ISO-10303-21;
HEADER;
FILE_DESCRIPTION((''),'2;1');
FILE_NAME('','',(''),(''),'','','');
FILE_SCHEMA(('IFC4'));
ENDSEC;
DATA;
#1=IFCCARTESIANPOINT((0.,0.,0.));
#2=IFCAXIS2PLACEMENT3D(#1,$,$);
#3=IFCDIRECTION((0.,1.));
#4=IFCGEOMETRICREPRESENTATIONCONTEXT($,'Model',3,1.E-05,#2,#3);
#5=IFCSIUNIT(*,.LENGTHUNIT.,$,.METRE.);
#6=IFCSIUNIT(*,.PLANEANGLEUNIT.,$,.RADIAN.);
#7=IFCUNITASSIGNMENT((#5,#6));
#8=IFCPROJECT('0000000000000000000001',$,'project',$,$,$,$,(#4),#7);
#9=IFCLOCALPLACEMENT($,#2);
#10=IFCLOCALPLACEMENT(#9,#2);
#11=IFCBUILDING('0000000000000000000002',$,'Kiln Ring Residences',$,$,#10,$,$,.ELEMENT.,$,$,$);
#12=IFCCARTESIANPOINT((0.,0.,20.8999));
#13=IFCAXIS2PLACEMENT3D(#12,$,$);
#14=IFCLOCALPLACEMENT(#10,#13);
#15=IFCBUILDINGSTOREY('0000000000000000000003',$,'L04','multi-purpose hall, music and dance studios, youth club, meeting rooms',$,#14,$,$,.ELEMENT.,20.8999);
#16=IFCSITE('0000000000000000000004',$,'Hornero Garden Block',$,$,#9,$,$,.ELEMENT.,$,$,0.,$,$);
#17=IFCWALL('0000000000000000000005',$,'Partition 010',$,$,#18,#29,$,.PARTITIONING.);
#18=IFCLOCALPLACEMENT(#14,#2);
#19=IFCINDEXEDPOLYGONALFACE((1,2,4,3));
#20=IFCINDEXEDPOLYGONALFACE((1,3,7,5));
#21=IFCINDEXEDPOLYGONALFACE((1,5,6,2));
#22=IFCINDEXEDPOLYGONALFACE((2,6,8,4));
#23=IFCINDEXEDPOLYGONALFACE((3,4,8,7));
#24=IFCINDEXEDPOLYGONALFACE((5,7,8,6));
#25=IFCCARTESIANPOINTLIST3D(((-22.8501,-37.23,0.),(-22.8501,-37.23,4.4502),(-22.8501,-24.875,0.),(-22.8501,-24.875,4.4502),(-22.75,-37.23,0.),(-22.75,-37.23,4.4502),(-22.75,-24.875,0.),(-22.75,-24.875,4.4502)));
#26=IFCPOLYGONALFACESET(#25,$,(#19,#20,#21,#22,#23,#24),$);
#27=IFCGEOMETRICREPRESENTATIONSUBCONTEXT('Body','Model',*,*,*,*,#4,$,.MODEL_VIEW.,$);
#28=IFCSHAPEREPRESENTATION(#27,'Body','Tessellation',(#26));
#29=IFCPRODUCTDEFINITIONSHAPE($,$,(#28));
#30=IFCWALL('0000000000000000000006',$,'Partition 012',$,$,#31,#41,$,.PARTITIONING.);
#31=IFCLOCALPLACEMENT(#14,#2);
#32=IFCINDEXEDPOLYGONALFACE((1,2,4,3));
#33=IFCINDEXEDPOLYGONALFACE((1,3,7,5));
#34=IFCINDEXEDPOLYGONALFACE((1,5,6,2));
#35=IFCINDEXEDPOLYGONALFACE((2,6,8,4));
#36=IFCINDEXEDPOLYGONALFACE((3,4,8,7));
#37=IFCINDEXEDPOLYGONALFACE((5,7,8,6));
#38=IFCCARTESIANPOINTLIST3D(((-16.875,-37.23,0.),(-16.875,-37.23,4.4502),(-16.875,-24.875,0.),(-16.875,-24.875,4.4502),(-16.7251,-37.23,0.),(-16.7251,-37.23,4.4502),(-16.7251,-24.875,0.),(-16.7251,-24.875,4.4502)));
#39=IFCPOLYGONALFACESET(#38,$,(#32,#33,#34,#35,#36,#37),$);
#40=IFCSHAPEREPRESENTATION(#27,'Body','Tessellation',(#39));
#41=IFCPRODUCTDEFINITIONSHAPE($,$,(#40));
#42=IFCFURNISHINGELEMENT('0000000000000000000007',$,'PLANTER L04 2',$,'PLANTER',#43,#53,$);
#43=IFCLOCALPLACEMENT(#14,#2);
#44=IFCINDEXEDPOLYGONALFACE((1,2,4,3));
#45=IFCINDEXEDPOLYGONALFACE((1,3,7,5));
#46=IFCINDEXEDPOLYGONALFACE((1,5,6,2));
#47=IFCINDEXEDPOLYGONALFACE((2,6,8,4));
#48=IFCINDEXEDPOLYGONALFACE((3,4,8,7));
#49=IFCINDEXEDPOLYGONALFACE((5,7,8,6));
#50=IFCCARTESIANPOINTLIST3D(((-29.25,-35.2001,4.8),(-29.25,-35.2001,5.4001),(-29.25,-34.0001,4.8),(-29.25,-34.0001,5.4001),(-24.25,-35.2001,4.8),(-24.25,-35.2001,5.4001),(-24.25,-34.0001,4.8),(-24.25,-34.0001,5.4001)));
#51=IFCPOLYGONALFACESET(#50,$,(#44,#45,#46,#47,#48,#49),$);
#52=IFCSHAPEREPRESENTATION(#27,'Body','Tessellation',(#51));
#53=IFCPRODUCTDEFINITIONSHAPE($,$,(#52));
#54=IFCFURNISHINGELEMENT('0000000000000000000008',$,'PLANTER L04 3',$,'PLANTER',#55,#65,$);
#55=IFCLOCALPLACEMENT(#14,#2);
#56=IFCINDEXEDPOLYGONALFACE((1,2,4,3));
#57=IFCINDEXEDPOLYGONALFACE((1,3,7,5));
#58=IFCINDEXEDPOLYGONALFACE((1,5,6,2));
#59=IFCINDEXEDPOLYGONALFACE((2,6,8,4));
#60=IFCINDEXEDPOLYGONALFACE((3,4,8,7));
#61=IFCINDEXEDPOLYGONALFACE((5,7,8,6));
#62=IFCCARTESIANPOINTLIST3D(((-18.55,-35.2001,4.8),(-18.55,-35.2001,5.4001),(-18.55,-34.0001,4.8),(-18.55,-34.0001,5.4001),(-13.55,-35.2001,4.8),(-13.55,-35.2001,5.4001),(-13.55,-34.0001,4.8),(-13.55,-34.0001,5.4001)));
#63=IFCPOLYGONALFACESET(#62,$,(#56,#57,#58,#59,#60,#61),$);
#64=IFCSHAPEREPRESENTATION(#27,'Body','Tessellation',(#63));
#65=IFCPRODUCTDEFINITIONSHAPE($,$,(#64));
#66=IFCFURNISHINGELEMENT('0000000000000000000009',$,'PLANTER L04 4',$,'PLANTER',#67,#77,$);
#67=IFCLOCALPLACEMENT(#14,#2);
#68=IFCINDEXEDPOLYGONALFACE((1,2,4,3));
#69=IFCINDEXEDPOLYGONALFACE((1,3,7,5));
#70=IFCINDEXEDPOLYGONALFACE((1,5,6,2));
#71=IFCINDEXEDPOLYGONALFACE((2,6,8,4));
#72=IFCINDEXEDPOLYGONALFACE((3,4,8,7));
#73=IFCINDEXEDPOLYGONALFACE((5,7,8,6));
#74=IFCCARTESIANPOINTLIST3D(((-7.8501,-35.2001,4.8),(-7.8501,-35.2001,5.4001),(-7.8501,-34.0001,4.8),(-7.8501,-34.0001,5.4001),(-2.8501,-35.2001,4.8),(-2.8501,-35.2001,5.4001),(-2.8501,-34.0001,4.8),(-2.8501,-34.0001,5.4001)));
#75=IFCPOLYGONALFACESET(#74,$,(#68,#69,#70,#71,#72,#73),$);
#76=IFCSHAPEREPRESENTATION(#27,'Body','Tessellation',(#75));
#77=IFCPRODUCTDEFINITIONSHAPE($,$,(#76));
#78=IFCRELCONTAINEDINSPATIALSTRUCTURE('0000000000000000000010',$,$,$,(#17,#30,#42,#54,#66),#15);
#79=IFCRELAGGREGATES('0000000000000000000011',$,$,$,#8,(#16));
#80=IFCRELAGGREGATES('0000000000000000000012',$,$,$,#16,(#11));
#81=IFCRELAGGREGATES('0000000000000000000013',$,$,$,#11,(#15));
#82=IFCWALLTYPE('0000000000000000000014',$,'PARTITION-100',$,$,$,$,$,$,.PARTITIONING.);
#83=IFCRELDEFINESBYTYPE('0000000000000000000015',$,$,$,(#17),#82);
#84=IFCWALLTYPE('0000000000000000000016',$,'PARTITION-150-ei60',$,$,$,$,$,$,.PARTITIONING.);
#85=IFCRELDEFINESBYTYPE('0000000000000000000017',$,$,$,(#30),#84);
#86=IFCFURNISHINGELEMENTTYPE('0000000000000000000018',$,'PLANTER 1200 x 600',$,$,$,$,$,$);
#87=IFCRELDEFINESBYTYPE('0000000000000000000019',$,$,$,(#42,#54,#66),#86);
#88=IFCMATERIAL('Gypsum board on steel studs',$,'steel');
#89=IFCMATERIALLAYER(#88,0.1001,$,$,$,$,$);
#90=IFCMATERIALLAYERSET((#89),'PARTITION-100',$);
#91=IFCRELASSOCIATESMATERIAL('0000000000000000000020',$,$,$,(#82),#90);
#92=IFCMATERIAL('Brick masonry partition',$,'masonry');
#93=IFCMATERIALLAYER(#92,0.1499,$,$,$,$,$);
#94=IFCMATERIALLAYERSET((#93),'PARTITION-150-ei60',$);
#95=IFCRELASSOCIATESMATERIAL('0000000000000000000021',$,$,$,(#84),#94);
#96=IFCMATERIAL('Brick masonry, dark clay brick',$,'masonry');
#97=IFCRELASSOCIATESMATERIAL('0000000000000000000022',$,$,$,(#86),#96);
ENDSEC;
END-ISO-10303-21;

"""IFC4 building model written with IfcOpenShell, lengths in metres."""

from ifc_helpers import new_model, si_unit, direction, frame, frame_2d, origin, origin_2d, place, context, subcontext, project, spatial, rectangle, extrude, material, layer, layer_set, type_object, element, save


model = new_model("IFC4")

# Units and contexts
model_context = context("Model", 3, precision=1e-05, world=origin(), true_north=direction((0.0, 1.0)))
body_context = subcontext(model_context, "Body", "Model", "MODEL_VIEW")
ifc_project = project(units=[si_unit("LENGTHUNIT", "METRE"), si_unit("PLANEANGLEUNIT", "RADIAN")], contexts=[model_context])

# Site, building, storey
site_placement = place(None, origin())
site = spatial("IfcSite", under=ifc_project, at=site_placement, Name="Hornero Garden Block", CompositionType="ELEMENT", RefElevation=0.0)
building_placement = place(site_placement, origin())
building = spatial("IfcBuilding", under=site, at=building_placement, Name="Kiln Ring Residences", CompositionType="ELEMENT")
storey_placement = place(building_placement, frame((0.0, 0.0, 20.8999)))
storey = spatial("IfcBuildingStorey", under=building, at=storey_placement, Name="L04", Description="multi-purpose hall, music and dance studios, youth club, meeting rooms", CompositionType="ELEMENT", Elevation=20.8999)

# Walls
ifc_material_1 = material(Name="Gypsum board on steel studs", Category="steel")
ifc_layer_1 = layer(ifc_material_1, 0.1001)
ifc_layer_set_1 = layer_set([ifc_layer_1], Name="PARTITION-100")
wall_type_1 = type_object("IfcWallType", Name="PARTITION-100", PredefinedType="PARTITIONING", material=ifc_layer_set_1)
wall_1_placement = place(storey_placement, frame((-22.8, -37.23, 0.0), z_axis=(0.0, 0.0, 1.0), x_axis=(0.0, 1.0, 0.0)))
element("IfcWall", 1, at=wall_1_placement, inside=storey, type_object=wall_type_1, Name="Partition 010", PredefinedType="PARTITIONING", context=body_context, shape_type="SweptSolid", body=[
    extrude(rectangle(XDim=12.355, YDim=0.1001, at=frame_2d((6.1775, 0.0))), origin(), (0.0, 0.0, 1.0), 4.4502),
])
ifc_material_2 = material(Name="Brick masonry partition", Category="masonry")
ifc_layer_2 = layer(ifc_material_2, 0.1499)
ifc_layer_set_2 = layer_set([ifc_layer_2], Name="PARTITION-150-ei60")
wall_type_2 = type_object("IfcWallType", Name="PARTITION-150-ei60", PredefinedType="PARTITIONING", material=ifc_layer_set_2)
wall_2_placement = place(storey_placement, frame((-16.8, -37.23, 0.0), z_axis=(0.0, 0.0, 1.0), x_axis=(0.0, 1.0, 0.0)))
element("IfcWall", 2, at=wall_2_placement, inside=storey, type_object=wall_type_2, Name="Partition 012", PredefinedType="PARTITIONING", context=body_context, shape_type="SweptSolid", body=[
    extrude(rectangle(XDim=12.355, YDim=0.1499, at=frame_2d((6.1775, 0.0))), origin(), (0.0, 0.0, 1.0), 4.4502),
])

# Furnishing elements
ifc_material_3 = material(Name="Brick masonry, dark clay brick", Category="masonry")
furnishing_element_type = type_object("IfcFurnishingElementType", Name="PLANTER 1200 x 600", material=ifc_material_3)
for number, where, z_axis, x_axis, name in (
    (3, (-26.75, -34.6001, 4.8), (0.0, 0.0, 1.0), (1.0, 0.0, 0.0), "PLANTER L04 2"),
    (4, (-16.05, -34.6001, 4.8), (0.0, 0.0, 1.0), (1.0, 0.0, 0.0), "PLANTER L04 3"),
    (5, (-5.3501, -34.6001, 4.8), (0.0, 0.0, 1.0), (1.0, 0.0, 0.0), "PLANTER L04 4"),
):
    element("IfcFurnishingElement", number, at=place(storey_placement, frame(where, z_axis=z_axis, x_axis=x_axis)), inside=storey, type_object=furnishing_element_type, Name=name, ObjectType="PLANTER", context=body_context, shape_type="SweptSolid", body=[
        extrude(rectangle(XDim=5.0, YDim=1.2, at=origin_2d()), origin(), (0.0, 0.0, 1.0), 0.6001),
    ])

save(model, "model.ifc")
